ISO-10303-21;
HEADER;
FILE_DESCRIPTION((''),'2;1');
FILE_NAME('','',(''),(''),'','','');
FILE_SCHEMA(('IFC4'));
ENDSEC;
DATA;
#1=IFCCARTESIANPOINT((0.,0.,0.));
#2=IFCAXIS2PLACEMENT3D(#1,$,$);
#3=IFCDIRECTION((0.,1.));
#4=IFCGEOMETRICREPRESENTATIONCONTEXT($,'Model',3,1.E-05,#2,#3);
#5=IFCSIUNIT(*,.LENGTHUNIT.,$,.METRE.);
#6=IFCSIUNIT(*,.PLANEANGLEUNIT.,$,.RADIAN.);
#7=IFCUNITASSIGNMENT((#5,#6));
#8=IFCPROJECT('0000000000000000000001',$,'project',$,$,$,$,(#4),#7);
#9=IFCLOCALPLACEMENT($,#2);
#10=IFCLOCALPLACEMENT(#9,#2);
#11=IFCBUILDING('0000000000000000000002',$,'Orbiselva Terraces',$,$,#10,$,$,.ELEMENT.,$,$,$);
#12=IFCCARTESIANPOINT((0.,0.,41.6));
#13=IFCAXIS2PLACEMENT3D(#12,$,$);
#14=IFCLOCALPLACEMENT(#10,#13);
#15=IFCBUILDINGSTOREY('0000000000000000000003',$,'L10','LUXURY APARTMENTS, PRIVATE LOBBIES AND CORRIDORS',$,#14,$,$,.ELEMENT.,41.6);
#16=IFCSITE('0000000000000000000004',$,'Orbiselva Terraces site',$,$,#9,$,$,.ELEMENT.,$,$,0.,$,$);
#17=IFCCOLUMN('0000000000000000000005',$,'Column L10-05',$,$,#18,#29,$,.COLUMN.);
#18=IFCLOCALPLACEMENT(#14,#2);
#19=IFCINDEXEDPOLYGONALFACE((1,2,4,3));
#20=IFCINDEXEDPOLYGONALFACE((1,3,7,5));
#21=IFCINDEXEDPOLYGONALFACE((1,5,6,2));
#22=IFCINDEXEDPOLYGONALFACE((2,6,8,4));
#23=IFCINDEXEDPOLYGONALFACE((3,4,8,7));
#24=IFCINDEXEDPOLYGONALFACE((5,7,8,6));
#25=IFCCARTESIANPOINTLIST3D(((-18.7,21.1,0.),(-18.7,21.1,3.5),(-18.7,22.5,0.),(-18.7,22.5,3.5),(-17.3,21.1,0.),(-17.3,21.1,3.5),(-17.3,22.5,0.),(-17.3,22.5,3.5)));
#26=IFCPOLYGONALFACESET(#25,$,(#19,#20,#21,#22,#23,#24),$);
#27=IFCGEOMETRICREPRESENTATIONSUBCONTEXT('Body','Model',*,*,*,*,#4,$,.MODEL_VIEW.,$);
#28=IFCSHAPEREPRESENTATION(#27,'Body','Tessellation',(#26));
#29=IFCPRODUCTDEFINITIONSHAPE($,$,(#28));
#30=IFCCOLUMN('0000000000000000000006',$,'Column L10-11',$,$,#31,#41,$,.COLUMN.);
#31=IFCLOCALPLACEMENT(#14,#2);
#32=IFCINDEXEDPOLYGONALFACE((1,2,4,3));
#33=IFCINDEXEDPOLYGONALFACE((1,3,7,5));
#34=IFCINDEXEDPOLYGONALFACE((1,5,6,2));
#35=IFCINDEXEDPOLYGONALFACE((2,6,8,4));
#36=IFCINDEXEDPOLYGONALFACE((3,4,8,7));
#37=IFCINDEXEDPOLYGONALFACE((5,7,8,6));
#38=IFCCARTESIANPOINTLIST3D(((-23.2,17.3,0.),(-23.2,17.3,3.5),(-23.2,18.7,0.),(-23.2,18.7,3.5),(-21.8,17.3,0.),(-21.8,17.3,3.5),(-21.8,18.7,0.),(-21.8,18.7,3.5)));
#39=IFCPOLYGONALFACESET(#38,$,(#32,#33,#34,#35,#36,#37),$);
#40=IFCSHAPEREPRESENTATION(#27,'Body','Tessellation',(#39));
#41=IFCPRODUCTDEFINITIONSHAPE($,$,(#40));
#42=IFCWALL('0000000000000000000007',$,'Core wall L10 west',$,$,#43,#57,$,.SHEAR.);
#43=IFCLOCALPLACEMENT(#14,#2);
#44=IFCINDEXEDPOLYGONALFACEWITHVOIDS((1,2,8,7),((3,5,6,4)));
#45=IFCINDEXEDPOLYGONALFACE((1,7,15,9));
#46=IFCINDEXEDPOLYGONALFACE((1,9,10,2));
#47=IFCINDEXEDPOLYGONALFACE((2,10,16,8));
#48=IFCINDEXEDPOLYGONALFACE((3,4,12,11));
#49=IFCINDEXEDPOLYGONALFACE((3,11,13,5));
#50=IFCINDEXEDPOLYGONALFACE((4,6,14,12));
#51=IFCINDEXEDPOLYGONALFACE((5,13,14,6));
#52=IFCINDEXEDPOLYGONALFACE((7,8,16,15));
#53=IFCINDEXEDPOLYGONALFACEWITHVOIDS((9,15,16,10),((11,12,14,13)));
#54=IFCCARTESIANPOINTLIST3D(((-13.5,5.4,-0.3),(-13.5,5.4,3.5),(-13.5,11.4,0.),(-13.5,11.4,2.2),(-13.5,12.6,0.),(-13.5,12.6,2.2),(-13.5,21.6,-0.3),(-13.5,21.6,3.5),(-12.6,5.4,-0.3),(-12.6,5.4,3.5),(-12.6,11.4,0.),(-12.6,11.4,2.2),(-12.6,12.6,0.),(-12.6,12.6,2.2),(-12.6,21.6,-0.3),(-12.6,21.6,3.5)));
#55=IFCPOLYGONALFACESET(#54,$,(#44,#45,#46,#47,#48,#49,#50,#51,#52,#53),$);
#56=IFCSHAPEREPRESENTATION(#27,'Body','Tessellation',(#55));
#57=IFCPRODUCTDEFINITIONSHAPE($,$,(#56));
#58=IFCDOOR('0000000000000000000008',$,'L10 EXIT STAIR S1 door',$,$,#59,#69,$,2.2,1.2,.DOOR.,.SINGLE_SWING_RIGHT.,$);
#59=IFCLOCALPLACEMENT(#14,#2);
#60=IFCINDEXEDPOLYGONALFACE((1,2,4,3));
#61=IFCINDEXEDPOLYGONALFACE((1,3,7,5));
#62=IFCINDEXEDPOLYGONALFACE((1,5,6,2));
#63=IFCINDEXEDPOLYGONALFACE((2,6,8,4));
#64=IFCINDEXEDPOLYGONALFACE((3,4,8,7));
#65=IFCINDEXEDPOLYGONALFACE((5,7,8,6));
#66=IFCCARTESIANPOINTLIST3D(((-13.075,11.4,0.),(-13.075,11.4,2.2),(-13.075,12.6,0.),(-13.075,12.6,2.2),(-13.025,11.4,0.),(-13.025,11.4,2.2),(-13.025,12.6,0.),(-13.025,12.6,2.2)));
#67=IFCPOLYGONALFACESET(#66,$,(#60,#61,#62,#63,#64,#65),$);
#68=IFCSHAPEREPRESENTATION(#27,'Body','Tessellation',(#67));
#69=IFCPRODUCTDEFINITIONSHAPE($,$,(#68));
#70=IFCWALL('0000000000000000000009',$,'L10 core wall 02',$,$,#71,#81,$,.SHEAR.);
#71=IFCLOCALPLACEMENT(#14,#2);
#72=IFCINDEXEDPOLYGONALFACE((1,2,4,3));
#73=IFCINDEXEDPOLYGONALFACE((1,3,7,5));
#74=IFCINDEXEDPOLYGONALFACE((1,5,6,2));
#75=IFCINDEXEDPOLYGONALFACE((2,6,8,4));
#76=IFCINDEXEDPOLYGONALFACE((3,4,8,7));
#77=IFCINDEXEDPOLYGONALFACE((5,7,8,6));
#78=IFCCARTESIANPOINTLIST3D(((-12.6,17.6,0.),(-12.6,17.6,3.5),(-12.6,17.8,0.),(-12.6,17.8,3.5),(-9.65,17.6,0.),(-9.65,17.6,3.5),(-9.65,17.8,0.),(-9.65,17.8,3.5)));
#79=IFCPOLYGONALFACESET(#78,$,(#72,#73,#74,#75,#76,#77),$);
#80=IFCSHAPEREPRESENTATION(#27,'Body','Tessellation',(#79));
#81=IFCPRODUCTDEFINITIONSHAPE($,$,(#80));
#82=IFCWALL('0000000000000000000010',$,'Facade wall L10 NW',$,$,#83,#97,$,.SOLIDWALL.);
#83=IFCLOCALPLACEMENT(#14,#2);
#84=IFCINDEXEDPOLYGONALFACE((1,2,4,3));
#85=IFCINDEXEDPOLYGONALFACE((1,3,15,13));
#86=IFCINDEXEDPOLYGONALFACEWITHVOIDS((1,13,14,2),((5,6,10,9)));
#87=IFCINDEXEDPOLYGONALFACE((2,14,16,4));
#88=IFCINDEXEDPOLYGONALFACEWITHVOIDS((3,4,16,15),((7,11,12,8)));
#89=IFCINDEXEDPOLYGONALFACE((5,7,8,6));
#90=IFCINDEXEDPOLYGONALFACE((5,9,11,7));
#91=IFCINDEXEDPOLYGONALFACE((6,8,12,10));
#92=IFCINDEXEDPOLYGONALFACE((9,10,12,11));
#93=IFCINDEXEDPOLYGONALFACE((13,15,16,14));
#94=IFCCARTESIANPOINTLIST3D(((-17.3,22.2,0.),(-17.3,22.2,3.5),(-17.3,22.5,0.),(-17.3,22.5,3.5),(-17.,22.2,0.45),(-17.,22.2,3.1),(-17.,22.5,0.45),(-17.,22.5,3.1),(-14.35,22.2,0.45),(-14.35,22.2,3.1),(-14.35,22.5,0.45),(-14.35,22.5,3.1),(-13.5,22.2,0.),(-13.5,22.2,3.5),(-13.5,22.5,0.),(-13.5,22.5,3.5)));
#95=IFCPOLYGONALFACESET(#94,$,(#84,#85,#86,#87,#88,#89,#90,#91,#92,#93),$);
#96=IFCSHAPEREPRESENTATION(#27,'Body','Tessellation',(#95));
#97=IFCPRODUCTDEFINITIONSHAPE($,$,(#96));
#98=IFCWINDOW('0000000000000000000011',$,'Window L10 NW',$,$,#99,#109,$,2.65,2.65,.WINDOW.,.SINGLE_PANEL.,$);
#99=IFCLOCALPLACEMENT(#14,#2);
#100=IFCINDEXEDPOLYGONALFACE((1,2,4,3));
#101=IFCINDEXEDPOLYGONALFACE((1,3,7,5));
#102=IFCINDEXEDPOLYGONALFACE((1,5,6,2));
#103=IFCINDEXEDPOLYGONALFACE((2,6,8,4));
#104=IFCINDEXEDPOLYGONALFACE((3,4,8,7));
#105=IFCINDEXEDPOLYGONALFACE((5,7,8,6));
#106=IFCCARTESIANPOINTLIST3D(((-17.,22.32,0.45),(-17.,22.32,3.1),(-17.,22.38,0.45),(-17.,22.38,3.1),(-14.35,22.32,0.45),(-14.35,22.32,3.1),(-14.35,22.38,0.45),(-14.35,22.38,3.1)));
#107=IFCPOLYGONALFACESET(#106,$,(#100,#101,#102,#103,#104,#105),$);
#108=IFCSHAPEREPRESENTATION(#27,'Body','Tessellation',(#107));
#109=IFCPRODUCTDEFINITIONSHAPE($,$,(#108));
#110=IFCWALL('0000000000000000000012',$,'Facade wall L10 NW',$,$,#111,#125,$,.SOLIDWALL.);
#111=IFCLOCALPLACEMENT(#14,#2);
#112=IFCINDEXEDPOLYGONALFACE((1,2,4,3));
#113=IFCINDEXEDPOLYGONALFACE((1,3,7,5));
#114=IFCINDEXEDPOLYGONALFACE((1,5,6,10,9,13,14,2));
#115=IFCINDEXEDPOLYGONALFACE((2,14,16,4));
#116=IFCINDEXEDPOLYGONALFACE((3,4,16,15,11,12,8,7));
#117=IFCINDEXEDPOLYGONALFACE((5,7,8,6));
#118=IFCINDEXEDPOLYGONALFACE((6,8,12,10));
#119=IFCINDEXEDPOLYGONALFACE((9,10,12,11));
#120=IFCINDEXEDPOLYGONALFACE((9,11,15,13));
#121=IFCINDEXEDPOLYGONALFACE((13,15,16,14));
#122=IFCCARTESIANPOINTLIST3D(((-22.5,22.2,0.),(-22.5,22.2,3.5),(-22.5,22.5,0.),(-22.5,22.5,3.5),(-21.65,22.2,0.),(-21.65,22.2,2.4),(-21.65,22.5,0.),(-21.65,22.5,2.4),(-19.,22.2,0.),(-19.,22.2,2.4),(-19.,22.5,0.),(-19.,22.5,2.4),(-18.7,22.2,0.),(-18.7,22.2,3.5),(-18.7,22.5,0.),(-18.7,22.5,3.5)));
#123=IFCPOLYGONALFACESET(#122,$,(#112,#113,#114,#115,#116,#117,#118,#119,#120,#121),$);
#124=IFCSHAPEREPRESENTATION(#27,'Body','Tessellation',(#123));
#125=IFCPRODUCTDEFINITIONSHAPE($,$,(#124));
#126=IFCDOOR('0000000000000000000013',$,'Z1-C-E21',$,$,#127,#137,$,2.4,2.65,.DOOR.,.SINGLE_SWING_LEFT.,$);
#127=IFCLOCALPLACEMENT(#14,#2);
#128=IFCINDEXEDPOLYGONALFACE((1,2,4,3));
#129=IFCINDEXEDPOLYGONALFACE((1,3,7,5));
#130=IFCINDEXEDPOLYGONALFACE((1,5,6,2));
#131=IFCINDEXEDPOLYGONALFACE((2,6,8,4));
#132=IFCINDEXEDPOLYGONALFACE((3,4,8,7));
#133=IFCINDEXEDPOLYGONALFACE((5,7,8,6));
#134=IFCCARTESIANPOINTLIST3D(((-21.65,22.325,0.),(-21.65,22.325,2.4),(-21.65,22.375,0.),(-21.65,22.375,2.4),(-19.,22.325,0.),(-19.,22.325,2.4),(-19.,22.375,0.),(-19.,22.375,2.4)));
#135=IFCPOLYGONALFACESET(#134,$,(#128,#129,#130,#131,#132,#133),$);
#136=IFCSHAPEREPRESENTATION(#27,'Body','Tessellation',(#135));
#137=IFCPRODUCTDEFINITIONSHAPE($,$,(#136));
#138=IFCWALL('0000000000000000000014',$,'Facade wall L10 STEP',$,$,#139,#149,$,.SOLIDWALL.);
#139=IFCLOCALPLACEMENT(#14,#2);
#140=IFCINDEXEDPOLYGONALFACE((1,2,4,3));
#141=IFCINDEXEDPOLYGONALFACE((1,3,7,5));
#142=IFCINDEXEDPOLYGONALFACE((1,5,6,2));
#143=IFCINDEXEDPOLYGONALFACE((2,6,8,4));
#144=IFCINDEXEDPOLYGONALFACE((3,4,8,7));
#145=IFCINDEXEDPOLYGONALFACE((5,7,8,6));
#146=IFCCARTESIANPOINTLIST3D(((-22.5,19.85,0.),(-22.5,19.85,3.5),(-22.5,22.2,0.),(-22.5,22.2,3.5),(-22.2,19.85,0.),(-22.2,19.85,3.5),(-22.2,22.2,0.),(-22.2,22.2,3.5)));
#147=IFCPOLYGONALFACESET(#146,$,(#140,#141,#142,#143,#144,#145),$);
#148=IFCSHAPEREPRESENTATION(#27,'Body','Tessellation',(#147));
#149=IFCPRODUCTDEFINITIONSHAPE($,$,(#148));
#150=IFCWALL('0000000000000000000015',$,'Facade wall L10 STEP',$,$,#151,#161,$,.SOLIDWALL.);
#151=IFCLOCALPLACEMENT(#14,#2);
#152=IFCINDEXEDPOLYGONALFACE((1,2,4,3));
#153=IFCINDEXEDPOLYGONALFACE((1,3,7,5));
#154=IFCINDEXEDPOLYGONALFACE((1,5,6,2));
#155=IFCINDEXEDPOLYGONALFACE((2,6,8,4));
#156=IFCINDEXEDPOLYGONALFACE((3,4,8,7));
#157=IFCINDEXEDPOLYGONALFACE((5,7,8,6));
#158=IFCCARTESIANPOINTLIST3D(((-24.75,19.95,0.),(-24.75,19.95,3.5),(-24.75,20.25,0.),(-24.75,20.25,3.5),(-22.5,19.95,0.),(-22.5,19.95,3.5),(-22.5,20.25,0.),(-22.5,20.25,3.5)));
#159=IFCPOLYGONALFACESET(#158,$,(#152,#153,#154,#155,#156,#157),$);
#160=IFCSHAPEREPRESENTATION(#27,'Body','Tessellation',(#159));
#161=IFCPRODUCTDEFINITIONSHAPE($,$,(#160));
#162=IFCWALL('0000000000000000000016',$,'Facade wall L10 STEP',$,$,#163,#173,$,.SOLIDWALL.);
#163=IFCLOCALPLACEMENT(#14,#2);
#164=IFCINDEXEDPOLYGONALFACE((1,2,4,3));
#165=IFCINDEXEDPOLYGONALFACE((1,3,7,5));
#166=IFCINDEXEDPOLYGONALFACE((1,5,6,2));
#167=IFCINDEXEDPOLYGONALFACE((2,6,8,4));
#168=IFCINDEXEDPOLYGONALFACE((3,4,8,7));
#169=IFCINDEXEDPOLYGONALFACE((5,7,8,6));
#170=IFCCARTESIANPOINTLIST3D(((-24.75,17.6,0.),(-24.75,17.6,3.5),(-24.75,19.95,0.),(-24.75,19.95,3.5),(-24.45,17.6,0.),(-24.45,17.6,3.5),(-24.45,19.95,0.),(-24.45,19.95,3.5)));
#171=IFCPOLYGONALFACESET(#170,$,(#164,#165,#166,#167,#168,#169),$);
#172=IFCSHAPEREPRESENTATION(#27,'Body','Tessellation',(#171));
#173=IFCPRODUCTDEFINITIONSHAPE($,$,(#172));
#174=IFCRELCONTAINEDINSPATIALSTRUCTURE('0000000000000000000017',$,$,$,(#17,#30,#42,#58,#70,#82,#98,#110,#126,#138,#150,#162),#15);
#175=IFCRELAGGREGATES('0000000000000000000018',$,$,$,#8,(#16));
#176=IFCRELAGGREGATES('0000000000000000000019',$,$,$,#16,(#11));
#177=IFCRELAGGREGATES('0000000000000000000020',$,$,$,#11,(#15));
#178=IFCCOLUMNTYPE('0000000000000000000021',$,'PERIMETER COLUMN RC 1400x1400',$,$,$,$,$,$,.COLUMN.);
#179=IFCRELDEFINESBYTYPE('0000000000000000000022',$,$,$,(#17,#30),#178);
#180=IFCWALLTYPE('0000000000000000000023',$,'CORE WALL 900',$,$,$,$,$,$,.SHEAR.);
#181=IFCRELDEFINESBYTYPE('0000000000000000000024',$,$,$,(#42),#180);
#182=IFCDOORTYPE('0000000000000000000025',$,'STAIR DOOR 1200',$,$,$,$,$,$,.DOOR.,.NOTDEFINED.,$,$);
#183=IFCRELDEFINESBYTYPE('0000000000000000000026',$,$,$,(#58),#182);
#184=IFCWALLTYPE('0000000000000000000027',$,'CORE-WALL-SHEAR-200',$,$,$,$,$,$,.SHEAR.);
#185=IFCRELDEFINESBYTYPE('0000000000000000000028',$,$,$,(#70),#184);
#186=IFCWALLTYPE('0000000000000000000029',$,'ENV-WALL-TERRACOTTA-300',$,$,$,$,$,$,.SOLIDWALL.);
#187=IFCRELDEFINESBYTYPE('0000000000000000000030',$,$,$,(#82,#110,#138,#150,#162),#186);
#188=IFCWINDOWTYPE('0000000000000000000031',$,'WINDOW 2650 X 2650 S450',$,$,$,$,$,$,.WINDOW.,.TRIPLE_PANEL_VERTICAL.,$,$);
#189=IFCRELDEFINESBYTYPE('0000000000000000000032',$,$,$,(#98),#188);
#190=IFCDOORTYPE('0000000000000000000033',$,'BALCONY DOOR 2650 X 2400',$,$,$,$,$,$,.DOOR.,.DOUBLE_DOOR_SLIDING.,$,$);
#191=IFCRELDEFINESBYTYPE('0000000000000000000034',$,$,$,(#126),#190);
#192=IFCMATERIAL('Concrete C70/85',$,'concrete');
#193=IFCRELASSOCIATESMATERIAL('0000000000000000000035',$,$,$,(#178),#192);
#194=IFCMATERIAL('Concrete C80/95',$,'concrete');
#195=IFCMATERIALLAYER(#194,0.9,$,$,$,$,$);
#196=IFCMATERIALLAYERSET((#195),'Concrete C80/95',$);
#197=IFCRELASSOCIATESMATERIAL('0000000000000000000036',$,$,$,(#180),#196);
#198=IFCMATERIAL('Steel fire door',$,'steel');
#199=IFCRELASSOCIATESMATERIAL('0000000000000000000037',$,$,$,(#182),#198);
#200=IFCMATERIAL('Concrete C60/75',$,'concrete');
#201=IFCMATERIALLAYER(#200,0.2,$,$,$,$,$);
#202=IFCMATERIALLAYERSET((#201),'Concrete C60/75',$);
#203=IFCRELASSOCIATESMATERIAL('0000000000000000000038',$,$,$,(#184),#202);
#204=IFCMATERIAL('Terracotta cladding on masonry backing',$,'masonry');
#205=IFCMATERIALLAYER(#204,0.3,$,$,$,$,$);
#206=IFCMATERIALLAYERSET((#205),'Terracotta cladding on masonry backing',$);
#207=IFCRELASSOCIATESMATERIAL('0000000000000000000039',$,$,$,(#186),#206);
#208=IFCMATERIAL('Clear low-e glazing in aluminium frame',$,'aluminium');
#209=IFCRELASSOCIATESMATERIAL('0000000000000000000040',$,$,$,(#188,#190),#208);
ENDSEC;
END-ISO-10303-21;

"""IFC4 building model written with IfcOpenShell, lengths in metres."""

from ifc_helpers import new_model, si_unit, direction, frame, frame_2d, origin, origin_2d, place, context, subcontext, project, spatial, rectangle, extrude, material, layer, layer_set, material_profile, profile_set, type_object, element, fill, save


model = new_model("IFC4")

# Units and contexts
model_context = context("Model", 3, precision=1e-05, world=origin(), true_north=direction((0.0, 1.0)))
body_context = subcontext(model_context, "Body", "Model", "MODEL_VIEW")
ifc_project = project(units=[si_unit("LENGTHUNIT", "METRE"), si_unit("PLANEANGLEUNIT", "RADIAN")], contexts=[model_context])

# Site, building, storey
site_placement = place(None, origin())
site = spatial("IfcSite", under=ifc_project, at=site_placement, Name="Orbiselva Terraces site", CompositionType="ELEMENT", RefElevation=0.0)
building_placement = place(site_placement, origin())
building = spatial("IfcBuilding", under=site, at=building_placement, Name="Orbiselva Terraces", CompositionType="ELEMENT")
storey_placement = place(building_placement, frame((0.0, 0.0, 41.6)))
storey = spatial("IfcBuildingStorey", under=building, at=storey_placement, Name="L10", Description="LUXURY APARTMENTS, PRIVATE LOBBIES AND CORRIDORS", CompositionType="ELEMENT", Elevation=41.6)

# Columns
ifc_material_1 = material(Name="Concrete C70/85", Category="concrete")
ifc_material_profile = material_profile(ifc_material_1, rectangle(XDim=1.4, YDim=1.4, at=origin_2d()), Name="RC 1400x1400")
ifc_profile_set = profile_set([ifc_material_profile], Name="Concrete C70/85")
column_type = type_object("IfcColumnType", Name="PERIMETER COLUMN RC 1400x1400", PredefinedType="COLUMN", material=ifc_profile_set)
for number, where, z_axis, x_axis, name in (
    (1, (-18.0, 21.8, 0.0), (0.0, 0.0, 1.0), (1.0, 0.0, 0.0), "Column L10-05"),
    (2, (-22.5, 18.0, 0.0), (0.0, 0.0, 1.0), (1.0, 0.0, 0.0), "Column L10-11"),
):
    element("IfcColumn", number, at=place(storey_placement, frame(where, z_axis=z_axis, x_axis=x_axis)), inside=storey, type_object=column_type, Name=name, PredefinedType="COLUMN", context=body_context, shape_type="SweptSolid", body=[
        extrude(rectangle(XDim=1.4, YDim=1.4, at=origin_2d()), origin(), (0.0, 0.0, 1.0), 3.5),
    ])

# Wall, opening, door
ifc_material_2 = material(Name="Concrete C80/95", Category="concrete")
ifc_layer_1 = layer(ifc_material_2, 0.9)
ifc_layer_set_1 = layer_set([ifc_layer_1], Name="Concrete C80/95")
wall_type_1 = type_object("IfcWallType", Name="CORE WALL 900", PredefinedType="SHEAR", material=ifc_layer_set_1)
wall_1_placement = place(storey_placement, frame((-13.05, 21.6, -0.3), z_axis=(0.0, 0.0, 1.0), x_axis=(0.0, -1.0, 0.0)))
wall_1 = element("IfcWall", 3, at=wall_1_placement, inside=storey, type_object=wall_type_1, Name="Core wall L10 west", PredefinedType="SHEAR", context=body_context, shape_type="SweptSolid", body=[
    extrude(rectangle(XDim=16.2, YDim=0.9, at=frame_2d((8.1, 0.0))), origin(), (0.0, 0.0, 1.0), 3.8),
])
opening_1_placement = place(wall_1_placement, frame((9.0, 0.0, 0.3)))
opening_1 = element("IfcOpeningElement", 4, at=opening_1_placement, cuts=wall_1, PredefinedType="OPENING", context=body_context, shape_type="SweptSolid", body=[
    extrude(rectangle(XDim=1.2, YDim=2.2, at=frame_2d((0.6, 1.1))), frame((0.0, 0.46, 0.0), z_axis=(0.0, -1.0, 0.0), x_axis=(1.0, 0.0, 0.0)), (0.0, 0.0, 1.0), 0.92),
])
ifc_material_3 = material(Name="Steel fire door", Category="steel")
door_type_1 = type_object("IfcDoorType", Name="STAIR DOOR 1200", OperationType="NOTDEFINED", PredefinedType="DOOR", material=ifc_material_3)
door_1_placement = place(opening_1_placement, frame((1.2, 0.0, 0.0), z_axis=(0.0, 0.0, 1.0), x_axis=(-1.0, 0.0, 0.0)))
door_1 = element("IfcDoor", 5, at=door_1_placement, inside=storey, type_object=door_type_1, Name="L10 EXIT STAIR S1 door", OperationType="SINGLE_SWING_RIGHT", OverallHeight=2.2, OverallWidth=1.2, PredefinedType="DOOR", context=body_context, shape_type="SweptSolid", body=[
    extrude(rectangle(XDim=1.2, YDim=2.2, at=frame_2d((0.6, 1.1))), frame((0.0, 0.025, 0.0), z_axis=(0.0, -1.0, 0.0), x_axis=(1.0, 0.0, 0.0)), (0.0, 0.0, 1.0), 0.05),
])
fill(opening_1, door_1)

# Wall
ifc_material_4 = material(Name="Concrete C60/75", Category="concrete")
ifc_layer_2 = layer(ifc_material_4, 0.2)
ifc_layer_set_2 = layer_set([ifc_layer_2], Name="Concrete C60/75")
wall_type_2 = type_object("IfcWallType", Name="CORE-WALL-SHEAR-200", PredefinedType="SHEAR", material=ifc_layer_set_2)
wall_2_placement = place(storey_placement, frame((-12.6, 17.7, 0.0), z_axis=(0.0, 0.0, 1.0), x_axis=(1.0, 0.0, 0.0)))
element("IfcWall", 6, at=wall_2_placement, inside=storey, type_object=wall_type_2, Name="L10 core wall 02", PredefinedType="SHEAR", context=body_context, shape_type="SweptSolid", body=[
    extrude(rectangle(XDim=2.95, YDim=0.2, at=frame_2d((1.475, 0.0))), origin(), (0.0, 0.0, 1.0), 3.5),
])

# Wall, opening, window
ifc_material_5 = material(Name="Terracotta cladding on masonry backing", Category="masonry")
ifc_layer_3 = layer(ifc_material_5, 0.3)
ifc_layer_set_3 = layer_set([ifc_layer_3], Name="Terracotta cladding on masonry backing")
wall_type_3 = type_object("IfcWallType", Name="ENV-WALL-TERRACOTTA-300", PredefinedType="SOLIDWALL", material=ifc_layer_set_3)
wall_3_placement = place(storey_placement, frame((-17.3, 22.35, 0.0), z_axis=(0.0, 0.0, 1.0), x_axis=(1.0, 0.0, 0.0)))
wall_3 = element("IfcWall", 7, at=wall_3_placement, inside=storey, type_object=wall_type_3, Name="Facade wall L10 NW", PredefinedType="SOLIDWALL", context=body_context, shape_type="SweptSolid", body=[
    extrude(rectangle(XDim=3.8, YDim=0.3, at=frame_2d((1.9, 0.0))), origin(), (0.0, 0.0, 1.0), 3.5),
])
opening_2_placement = place(wall_3_placement, frame((0.3, 0.0, 0.45)))
opening_2 = element("IfcOpeningElement", 8, at=opening_2_placement, cuts=wall_3, PredefinedType="OPENING", context=body_context, shape_type="SweptSolid", body=[
    extrude(rectangle(XDim=2.65, YDim=2.65, at=frame_2d((1.325, 1.325))), frame((0.0, 0.16, 0.0), z_axis=(0.0, -1.0, 0.0), x_axis=(1.0, 0.0, 0.0)), (0.0, 0.0, 1.0), 0.32),
])
ifc_material_6 = material(Name="Clear low-e glazing in aluminium frame", Category="aluminium")
window_type = type_object("IfcWindowType", Name="WINDOW 2650 X 2650 S450", PartitioningType="TRIPLE_PANEL_VERTICAL", PredefinedType="WINDOW", material=ifc_material_6)
window_placement = place(opening_2_placement, origin())
window = element("IfcWindow", 9, at=window_placement, inside=storey, type_object=window_type, Name="Window L10 NW", OverallHeight=2.65, OverallWidth=2.65, PartitioningType="SINGLE_PANEL", PredefinedType="WINDOW", context=body_context, shape_type="SweptSolid", body=[
    extrude(rectangle(XDim=2.65, YDim=2.65, at=frame_2d((1.325, 1.325))), frame((0.0, 0.03, 0.0), z_axis=(0.0, -1.0, 0.0), x_axis=(1.0, 0.0, 0.0)), (0.0, 0.0, 1.0), 0.06),
])
fill(opening_2, window)

# Wall, opening, door
wall_4_placement = place(storey_placement, frame((-22.5, 22.35, 0.0), z_axis=(0.0, 0.0, 1.0), x_axis=(1.0, 0.0, 0.0)))
wall_4 = element("IfcWall", 10, at=wall_4_placement, inside=storey, type_object=wall_type_3, Name="Facade wall L10 NW", PredefinedType="SOLIDWALL", context=body_context, shape_type="SweptSolid", body=[
    extrude(rectangle(XDim=3.8, YDim=0.3, at=frame_2d((1.9, 0.0))), origin(), (0.0, 0.0, 1.0), 3.5),
])
opening_3_placement = place(wall_4_placement, frame((0.85, 0.0, 0.0)))
opening_3 = element("IfcOpeningElement", 11, at=opening_3_placement, cuts=wall_4, PredefinedType="OPENING", context=body_context, shape_type="SweptSolid", body=[
    extrude(rectangle(XDim=2.65, YDim=2.4, at=frame_2d((1.325, 1.2))), frame((0.0, 0.16, 0.0), z_axis=(0.0, -1.0, 0.0), x_axis=(1.0, 0.0, 0.0)), (0.0, 0.0, 1.0), 0.32),
])
door_type_2 = type_object("IfcDoorType", Name="BALCONY DOOR 2650 X 2400", OperationType="DOUBLE_DOOR_SLIDING", PredefinedType="DOOR", material=ifc_material_6)
door_2_placement = place(opening_3_placement, origin())
door_2 = element("IfcDoor", 12, at=door_2_placement, inside=storey, type_object=door_type_2, Name="Z1-C-E21", OperationType="SINGLE_SWING_LEFT", OverallHeight=2.4, OverallWidth=2.65, PredefinedType="DOOR", context=body_context, shape_type="SweptSolid", body=[
    extrude(rectangle(XDim=2.65, YDim=2.4, at=frame_2d((1.325, 1.2))), frame((0.0, 0.025, 0.0), z_axis=(0.0, -1.0, 0.0), x_axis=(1.0, 0.0, 0.0)), (0.0, 0.0, 1.0), 0.05),
])
fill(opening_3, door_2)

# Walls
wall_5_placement = place(storey_placement, frame((-22.35, 19.85, 0.0), z_axis=(0.0, 0.0, 1.0), x_axis=(0.0, 1.0, 0.0)))
element("IfcWall", 13, at=wall_5_placement, inside=storey, type_object=wall_type_3, Name="Facade wall L10 STEP", PredefinedType="SOLIDWALL", context=body_context, shape_type="SweptSolid", body=[
    extrude(rectangle(XDim=2.35, YDim=0.3, at=frame_2d((1.175, 0.0))), origin(), (0.0, 0.0, 1.0), 3.5),
])
wall_6_placement = place(storey_placement, frame((-24.75, 20.1, 0.0), z_axis=(0.0, 0.0, 1.0), x_axis=(1.0, 0.0, 0.0)))
element("IfcWall", 14, at=wall_6_placement, inside=storey, type_object=wall_type_3, Name="Facade wall L10 STEP", PredefinedType="SOLIDWALL", context=body_context, shape_type="SweptSolid", body=[
    extrude(rectangle(XDim=2.25, YDim=0.3, at=frame_2d((1.125, 0.0))), origin(), (0.0, 0.0, 1.0), 3.5),
])
wall_7_placement = place(storey_placement, frame((-24.6, 17.6, 0.0), z_axis=(0.0, 0.0, 1.0), x_axis=(0.0, 1.0, 0.0)))
element("IfcWall", 15, at=wall_7_placement, inside=storey, type_object=wall_type_3, Name="Facade wall L10 STEP", PredefinedType="SOLIDWALL", context=body_context, shape_type="SweptSolid", body=[
    extrude(rectangle(XDim=2.35, YDim=0.3, at=frame_2d((1.175, 0.0))), origin(), (0.0, 0.0, 1.0), 3.5),
])

save(model, "model.ifc")
